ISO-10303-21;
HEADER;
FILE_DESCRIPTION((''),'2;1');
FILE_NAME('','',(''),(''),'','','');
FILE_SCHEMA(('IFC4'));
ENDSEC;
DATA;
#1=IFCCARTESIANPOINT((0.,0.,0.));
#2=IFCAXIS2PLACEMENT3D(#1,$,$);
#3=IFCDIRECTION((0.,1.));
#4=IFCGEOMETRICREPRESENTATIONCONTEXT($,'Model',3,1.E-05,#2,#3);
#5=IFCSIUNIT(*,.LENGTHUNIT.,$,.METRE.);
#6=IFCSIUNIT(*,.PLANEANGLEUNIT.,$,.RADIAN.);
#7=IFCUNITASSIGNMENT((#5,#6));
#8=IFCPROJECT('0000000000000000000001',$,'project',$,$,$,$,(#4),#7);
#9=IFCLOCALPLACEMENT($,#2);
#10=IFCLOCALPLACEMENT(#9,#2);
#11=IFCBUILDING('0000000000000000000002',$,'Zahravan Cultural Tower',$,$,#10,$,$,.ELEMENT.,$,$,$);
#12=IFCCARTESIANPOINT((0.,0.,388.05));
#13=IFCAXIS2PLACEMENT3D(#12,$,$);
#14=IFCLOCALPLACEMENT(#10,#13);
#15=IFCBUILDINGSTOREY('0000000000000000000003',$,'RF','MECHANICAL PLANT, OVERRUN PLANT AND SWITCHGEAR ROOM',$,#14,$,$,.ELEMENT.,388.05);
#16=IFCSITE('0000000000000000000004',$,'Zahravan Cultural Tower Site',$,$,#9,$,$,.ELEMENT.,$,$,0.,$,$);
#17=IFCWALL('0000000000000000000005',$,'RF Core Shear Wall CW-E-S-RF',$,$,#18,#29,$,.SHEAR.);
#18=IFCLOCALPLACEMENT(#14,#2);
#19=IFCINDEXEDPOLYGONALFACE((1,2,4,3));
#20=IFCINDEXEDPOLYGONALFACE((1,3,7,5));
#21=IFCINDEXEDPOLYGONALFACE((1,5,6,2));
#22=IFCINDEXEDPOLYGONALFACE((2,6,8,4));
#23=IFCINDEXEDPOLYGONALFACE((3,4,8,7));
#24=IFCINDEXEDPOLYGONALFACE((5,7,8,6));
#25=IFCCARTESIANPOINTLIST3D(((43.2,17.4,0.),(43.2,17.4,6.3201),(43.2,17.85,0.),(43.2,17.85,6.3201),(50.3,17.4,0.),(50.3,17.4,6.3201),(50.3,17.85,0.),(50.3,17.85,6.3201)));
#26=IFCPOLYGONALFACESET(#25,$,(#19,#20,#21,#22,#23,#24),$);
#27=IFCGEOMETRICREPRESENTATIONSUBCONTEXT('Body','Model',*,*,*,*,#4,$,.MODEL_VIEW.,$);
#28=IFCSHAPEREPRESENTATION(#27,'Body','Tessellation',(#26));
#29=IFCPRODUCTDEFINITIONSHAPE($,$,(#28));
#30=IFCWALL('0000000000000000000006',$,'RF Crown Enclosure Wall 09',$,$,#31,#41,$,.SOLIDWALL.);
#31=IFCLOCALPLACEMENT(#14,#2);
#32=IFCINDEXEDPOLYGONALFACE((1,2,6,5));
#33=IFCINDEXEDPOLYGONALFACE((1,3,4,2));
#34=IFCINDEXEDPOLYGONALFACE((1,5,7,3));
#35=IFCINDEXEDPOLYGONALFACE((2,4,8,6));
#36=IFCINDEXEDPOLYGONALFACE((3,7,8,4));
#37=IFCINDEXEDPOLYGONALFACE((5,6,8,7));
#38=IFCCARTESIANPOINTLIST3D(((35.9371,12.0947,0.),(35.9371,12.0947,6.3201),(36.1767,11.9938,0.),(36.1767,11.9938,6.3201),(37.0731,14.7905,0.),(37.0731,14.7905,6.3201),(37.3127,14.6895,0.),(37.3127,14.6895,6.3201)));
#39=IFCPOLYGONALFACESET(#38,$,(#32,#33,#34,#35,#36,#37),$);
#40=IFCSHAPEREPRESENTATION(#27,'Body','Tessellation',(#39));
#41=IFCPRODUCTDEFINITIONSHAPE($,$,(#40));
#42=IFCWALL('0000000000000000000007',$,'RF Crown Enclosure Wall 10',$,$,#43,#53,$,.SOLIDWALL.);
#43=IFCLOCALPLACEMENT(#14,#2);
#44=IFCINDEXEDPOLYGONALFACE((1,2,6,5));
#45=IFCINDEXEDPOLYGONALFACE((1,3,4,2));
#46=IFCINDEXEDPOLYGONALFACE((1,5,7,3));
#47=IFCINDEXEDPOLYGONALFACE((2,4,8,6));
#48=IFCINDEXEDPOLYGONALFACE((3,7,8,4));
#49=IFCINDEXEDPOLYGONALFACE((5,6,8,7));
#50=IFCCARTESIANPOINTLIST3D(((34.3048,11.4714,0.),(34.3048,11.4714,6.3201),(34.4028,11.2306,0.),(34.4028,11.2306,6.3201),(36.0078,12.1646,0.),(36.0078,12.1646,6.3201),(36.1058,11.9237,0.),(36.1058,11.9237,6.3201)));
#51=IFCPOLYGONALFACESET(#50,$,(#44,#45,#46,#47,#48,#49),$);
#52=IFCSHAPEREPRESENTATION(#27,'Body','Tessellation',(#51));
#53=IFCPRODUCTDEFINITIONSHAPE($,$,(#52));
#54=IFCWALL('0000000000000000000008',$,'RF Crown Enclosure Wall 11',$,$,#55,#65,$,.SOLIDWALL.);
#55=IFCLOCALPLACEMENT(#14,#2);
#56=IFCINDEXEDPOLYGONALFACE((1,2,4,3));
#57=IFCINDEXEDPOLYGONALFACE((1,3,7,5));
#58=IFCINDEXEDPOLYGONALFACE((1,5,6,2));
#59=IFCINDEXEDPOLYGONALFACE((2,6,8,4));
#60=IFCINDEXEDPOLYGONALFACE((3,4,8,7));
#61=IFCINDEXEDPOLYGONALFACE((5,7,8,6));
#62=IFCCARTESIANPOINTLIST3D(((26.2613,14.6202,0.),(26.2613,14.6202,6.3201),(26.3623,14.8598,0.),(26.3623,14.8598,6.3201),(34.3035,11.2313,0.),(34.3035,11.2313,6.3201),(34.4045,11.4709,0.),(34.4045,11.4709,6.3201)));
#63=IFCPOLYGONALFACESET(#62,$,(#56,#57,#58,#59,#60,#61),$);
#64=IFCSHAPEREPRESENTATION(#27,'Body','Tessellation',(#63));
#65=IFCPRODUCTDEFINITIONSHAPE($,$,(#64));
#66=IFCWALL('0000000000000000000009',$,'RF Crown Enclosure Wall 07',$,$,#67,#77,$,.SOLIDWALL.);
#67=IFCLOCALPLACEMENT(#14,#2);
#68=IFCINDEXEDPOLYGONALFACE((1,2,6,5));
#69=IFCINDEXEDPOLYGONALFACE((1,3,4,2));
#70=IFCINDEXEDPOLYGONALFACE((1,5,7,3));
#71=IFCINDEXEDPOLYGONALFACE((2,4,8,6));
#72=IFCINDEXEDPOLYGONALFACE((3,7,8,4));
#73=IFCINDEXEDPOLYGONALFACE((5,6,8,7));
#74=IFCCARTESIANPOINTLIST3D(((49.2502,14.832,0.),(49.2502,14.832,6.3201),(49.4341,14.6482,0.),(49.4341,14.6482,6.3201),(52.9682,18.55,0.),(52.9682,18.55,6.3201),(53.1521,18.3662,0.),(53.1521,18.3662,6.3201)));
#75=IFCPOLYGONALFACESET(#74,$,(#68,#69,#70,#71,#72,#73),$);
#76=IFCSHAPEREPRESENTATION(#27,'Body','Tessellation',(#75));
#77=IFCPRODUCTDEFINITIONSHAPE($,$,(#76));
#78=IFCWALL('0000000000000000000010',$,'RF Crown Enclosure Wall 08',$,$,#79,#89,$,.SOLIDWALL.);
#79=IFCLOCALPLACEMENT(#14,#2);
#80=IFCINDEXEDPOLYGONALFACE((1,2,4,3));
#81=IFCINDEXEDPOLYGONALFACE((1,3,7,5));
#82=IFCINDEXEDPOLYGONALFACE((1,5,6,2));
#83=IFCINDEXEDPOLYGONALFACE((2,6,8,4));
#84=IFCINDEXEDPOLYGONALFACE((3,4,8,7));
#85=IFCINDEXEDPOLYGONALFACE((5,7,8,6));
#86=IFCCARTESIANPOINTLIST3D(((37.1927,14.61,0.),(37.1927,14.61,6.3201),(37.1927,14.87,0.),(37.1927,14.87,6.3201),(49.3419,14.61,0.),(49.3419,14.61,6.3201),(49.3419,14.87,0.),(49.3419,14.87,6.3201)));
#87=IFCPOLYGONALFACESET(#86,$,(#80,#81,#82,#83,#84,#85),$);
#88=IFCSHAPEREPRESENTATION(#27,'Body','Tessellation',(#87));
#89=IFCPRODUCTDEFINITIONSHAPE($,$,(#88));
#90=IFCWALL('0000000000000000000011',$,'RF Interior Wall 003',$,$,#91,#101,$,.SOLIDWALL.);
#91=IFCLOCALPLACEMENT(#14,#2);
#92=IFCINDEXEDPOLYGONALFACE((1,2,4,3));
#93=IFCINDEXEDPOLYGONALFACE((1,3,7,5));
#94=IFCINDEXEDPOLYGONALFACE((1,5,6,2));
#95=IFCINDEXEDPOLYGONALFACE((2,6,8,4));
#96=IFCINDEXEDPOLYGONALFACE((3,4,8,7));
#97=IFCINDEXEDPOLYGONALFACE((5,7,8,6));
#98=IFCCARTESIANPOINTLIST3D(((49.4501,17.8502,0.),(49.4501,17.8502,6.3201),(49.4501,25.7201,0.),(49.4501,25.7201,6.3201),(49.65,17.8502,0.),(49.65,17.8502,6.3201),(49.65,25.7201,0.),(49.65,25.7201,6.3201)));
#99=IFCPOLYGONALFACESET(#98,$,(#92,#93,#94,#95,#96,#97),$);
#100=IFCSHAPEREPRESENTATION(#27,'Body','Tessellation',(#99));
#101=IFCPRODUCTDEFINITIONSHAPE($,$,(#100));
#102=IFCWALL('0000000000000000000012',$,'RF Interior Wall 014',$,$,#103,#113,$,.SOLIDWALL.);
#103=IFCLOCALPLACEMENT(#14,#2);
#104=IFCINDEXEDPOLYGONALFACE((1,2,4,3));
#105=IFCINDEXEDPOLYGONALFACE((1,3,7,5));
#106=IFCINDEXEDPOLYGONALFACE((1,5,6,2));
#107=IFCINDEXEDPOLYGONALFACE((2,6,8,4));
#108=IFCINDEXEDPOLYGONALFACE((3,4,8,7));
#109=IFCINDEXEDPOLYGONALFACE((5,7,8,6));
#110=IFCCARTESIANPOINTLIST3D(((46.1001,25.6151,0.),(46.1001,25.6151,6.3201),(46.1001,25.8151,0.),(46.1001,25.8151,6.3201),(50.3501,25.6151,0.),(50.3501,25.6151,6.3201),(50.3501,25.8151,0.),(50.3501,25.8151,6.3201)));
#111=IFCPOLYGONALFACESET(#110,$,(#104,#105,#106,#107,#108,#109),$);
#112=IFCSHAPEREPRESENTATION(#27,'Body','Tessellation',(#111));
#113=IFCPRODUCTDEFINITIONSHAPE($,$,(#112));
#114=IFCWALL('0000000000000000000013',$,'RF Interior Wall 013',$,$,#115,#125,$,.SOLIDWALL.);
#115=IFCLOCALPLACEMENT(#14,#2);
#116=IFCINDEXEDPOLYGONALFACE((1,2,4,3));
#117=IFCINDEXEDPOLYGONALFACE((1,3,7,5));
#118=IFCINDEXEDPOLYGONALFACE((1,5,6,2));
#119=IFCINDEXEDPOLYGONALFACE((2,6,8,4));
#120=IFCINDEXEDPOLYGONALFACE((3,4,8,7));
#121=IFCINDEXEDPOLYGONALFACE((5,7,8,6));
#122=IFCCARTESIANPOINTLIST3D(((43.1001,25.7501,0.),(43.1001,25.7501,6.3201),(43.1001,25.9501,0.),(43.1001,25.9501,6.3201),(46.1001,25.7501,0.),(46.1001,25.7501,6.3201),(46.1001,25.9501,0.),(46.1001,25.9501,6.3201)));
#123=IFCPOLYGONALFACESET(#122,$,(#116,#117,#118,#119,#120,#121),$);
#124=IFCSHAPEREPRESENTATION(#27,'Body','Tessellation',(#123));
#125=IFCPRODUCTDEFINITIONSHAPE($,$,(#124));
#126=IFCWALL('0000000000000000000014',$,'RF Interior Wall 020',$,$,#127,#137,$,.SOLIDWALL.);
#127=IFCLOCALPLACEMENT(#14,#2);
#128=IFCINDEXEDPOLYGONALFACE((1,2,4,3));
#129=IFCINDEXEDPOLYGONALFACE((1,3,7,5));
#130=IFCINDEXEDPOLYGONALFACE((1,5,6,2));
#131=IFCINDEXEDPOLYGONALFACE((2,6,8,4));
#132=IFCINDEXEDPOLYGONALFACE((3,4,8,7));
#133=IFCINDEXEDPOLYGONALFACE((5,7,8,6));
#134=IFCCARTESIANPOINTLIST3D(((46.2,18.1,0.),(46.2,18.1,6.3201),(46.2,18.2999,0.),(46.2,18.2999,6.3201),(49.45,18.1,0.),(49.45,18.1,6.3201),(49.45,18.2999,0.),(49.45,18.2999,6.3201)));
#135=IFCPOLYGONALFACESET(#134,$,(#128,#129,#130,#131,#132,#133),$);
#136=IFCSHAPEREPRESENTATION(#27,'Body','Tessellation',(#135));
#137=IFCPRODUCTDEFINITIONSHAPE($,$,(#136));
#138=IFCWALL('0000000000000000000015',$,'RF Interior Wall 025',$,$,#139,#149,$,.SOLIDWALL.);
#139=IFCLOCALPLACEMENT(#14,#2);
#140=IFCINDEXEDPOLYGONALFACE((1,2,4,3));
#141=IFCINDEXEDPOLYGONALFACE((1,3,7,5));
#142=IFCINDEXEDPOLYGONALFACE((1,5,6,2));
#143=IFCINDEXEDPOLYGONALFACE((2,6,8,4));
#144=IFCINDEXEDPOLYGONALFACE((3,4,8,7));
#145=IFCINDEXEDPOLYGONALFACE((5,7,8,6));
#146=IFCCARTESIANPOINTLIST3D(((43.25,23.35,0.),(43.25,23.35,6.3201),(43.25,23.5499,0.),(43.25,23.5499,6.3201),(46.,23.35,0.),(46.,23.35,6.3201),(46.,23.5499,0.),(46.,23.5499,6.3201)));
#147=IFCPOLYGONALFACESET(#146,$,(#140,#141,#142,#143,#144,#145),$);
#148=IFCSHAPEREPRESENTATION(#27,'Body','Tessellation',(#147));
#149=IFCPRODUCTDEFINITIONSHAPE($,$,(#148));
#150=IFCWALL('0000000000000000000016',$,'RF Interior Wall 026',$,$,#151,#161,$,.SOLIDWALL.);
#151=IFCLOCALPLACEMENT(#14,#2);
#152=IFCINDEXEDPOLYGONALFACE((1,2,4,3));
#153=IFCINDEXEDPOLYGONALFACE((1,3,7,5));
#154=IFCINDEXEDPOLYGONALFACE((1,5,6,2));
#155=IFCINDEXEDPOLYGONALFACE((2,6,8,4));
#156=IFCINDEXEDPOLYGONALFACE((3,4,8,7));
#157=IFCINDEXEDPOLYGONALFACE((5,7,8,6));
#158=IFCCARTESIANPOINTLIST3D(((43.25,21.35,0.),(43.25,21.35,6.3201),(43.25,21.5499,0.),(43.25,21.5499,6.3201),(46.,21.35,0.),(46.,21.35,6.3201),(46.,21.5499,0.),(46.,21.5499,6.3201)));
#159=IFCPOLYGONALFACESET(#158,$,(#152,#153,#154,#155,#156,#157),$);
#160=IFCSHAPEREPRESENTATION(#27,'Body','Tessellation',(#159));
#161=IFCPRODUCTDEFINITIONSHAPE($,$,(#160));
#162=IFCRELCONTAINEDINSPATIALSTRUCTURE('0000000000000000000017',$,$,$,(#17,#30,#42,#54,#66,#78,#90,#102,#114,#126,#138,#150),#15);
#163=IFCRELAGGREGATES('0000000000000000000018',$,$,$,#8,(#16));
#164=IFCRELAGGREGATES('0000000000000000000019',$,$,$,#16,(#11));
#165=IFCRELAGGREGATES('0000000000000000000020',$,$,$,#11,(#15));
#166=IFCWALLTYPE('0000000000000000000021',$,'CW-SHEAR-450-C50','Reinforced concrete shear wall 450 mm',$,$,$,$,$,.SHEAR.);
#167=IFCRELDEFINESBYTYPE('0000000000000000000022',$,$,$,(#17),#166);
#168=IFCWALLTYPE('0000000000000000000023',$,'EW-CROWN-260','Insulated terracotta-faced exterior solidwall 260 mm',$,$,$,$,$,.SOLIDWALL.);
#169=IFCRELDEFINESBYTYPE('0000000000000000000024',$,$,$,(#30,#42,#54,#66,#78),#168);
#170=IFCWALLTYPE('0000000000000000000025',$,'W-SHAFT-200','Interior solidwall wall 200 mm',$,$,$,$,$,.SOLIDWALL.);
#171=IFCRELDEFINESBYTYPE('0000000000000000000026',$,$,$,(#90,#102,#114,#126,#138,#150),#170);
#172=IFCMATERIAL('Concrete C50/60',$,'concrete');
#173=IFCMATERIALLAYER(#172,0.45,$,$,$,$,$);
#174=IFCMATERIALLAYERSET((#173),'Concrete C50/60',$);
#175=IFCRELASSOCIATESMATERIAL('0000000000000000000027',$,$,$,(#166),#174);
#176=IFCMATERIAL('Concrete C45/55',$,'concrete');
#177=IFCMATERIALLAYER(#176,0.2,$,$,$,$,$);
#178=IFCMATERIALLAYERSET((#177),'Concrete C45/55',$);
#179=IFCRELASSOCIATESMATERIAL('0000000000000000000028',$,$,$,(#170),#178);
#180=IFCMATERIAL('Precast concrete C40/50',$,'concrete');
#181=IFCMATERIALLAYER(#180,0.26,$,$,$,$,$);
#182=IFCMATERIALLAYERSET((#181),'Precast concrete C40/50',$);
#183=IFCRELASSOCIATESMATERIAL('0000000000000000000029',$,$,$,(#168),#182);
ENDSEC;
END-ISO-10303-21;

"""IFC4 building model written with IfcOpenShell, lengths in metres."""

from ifc_helpers import new_model, si_unit, direction, frame, frame_2d, origin, place, context, subcontext, project, spatial, rectangle, extrude, source, transform, mapped, material, layer, layer_set, type_object, element, save


model = new_model("IFC4")

# Units and contexts
model_context = context("Model", 3, precision=1e-05, world=origin(), true_north=direction((0.0, 1.0)))
body_context = subcontext(model_context, "Body", "Model", "MODEL_VIEW")
ifc_project = project(units=[si_unit("LENGTHUNIT", "METRE"), si_unit("PLANEANGLEUNIT", "RADIAN")], contexts=[model_context])

# Site, building, storey
site_placement = place(None, origin())
site = spatial("IfcSite", under=ifc_project, at=site_placement, Name="Zahravan Cultural Tower Site", CompositionType="ELEMENT", RefElevation=0.0)
building_placement = place(site_placement, origin())
building = spatial("IfcBuilding", under=site, at=building_placement, Name="Zahravan Cultural Tower", CompositionType="ELEMENT")
storey_placement = place(building_placement, frame((0.0, 0.0, 388.05)))
storey = spatial("IfcBuildingStorey", under=building, at=storey_placement, Name="RF", Description="MECHANICAL PLANT, OVERRUN PLANT AND SWITCHGEAR ROOM", CompositionType="ELEMENT", Elevation=388.05)

# Shared definitions
ifc_material_1 = material(Name="Concrete C50/60", Category="concrete")

# Shared definitions
ifc_layer_1 = layer(ifc_material_1, 0.45)
ifc_layer_set_1 = layer_set([ifc_layer_1], Name="Concrete C50/60")
wall_type_1 = type_object("IfcWallType", Name="CW-SHEAR-450-C50", Description="Reinforced concrete shear wall 450 mm", PredefinedType="SHEAR", material=ifc_layer_set_1)

# Shared definitions
ifc_material_2 = material(Name="Concrete C45/55", Category="concrete")
ifc_layer_2 = layer(ifc_material_2, 0.2)
ifc_layer_set_2 = layer_set([ifc_layer_2], Name="Concrete C45/55")
wall_type_2 = type_object("IfcWallType", Name="W-SHAFT-200", Description="Interior solidwall wall 200 mm", PredefinedType="SOLIDWALL", material=ifc_layer_set_2)

# Walls
shared_shape_1 = source(origin(), body_context, "Body", "SweptSolid", [
    extrude(rectangle(XDim=7.1001, YDim=0.45, at=frame_2d((3.55, 0.0))), origin(), (0.0, 0.0, 1.0), 6.3201),
])
wall_1_placement = place(storey_placement, frame((43.2, 17.625, 0.0), z_axis=(0.0, 0.0, 1.0), x_axis=(1.0, 0.0, 0.0)))
element("IfcWall", 1, at=wall_1_placement, inside=storey, type_object=wall_type_1, Name="RF Core Shear Wall CW-E-S-RF", PredefinedType="SHEAR", context=body_context, shape_type="MappedRepresentation", body=[
    mapped(shared_shape_1, transform((0.0, 0.0, 0.0), x_axis=(1.0, 0.0, 0.0), y_axis=(0.0, 1.0, 0.0), z_axis=(0.0, 0.0, 1.0), scale=1.0)),
])
ifc_material_3 = material(Name="Precast concrete C40/50", Category="concrete")
ifc_layer_3 = layer(ifc_material_3, 0.26)
ifc_layer_set_3 = layer_set([ifc_layer_3], Name="Precast concrete C40/50")
wall_type_3 = type_object("IfcWallType", Name="EW-CROWN-260", Description="Insulated terracotta-faced exterior solidwall 260 mm", PredefinedType="SOLIDWALL", material=ifc_layer_set_3)
shared_shape_2 = source(origin(), body_context, "Body", "SweptSolid", [
    extrude(rectangle(XDim=2.9253, YDim=0.26, at=frame_2d((1.4626, 0.0))), origin(), (0.0, 0.0, 1.0), 6.3201),
])
wall_2_placement = place(storey_placement, frame((37.1929, 14.74, 0.0), z_axis=(0.0, 0.0, 1.0), x_axis=(-0.388322, -0.921524, 0.0)))
element("IfcWall", 2, at=wall_2_placement, inside=storey, type_object=wall_type_3, Name="RF Crown Enclosure Wall 09", PredefinedType="SOLIDWALL", context=body_context, shape_type="MappedRepresentation", body=[
    mapped(shared_shape_2, transform((0.0, 0.0, 0.0), x_axis=(1.0, 0.0, 0.0), y_axis=(0.0, 1.0, 0.0), z_axis=(0.0, 0.0, 1.0), scale=1.0)),
])
shared_shape_3 = source(origin(), body_context, "Body", "SweptSolid", [
    extrude(rectangle(XDim=1.8386, YDim=0.26, at=frame_2d((0.9194, 0.0))), origin(), (0.0, 0.0, 1.0), 6.3201),
])
wall_3_placement = place(storey_placement, frame((36.0569, 12.0442, 0.0), z_axis=(0.0, 0.0, 1.0), x_axis=(-0.926216, -0.376993, 0.0)))
element("IfcWall", 3, at=wall_3_placement, inside=storey, type_object=wall_type_3, Name="RF Crown Enclosure Wall 10", PredefinedType="SOLIDWALL", context=body_context, shape_type="MappedRepresentation", body=[
    mapped(shared_shape_3, transform((0.0, 0.0, 0.0), x_axis=(1.0, 0.0, 0.0), y_axis=(0.0, 1.0, 0.0), z_axis=(0.0, 0.0, 1.0), scale=1.0)),
])
shared_shape_4 = source(origin(), body_context, "Body", "SweptSolid", [
    extrude(rectangle(XDim=8.7271, YDim=0.26, at=frame_2d((4.3635, 0.0))), origin(), (0.0, 0.0, 1.0), 6.3201),
])
wall_4_placement = place(storey_placement, frame((34.354, 11.3511, 0.0), z_axis=(0.0, 0.0, 1.0), x_axis=(-0.921524, 0.388321, 0.0)))
element("IfcWall", 4, at=wall_4_placement, inside=storey, type_object=wall_type_3, Name="RF Crown Enclosure Wall 11", PredefinedType="SOLIDWALL", context=body_context, shape_type="MappedRepresentation", body=[
    mapped(shared_shape_4, transform((0.0, 0.0, 0.0), x_axis=(1.0, 0.0, 0.0), y_axis=(0.0, 1.0, 0.0), z_axis=(0.0, 0.0, 1.0), scale=1.0)),
])
shared_shape_5 = source(origin(), body_context, "Body", "SweptSolid", [
    extrude(rectangle(XDim=5.2581, YDim=0.26, at=frame_2d((2.6289, 0.0))), origin(), (0.0, 0.0, 1.0), 6.3201),
])
wall_5_placement = place(storey_placement, frame((53.0601, 18.458, 0.0), z_axis=(0.0, 0.0, 1.0), x_axis=(-0.707107, -0.707107, 0.0)))
element("IfcWall", 5, at=wall_5_placement, inside=storey, type_object=wall_type_3, Name="RF Crown Enclosure Wall 07", PredefinedType="SOLIDWALL", context=body_context, shape_type="MappedRepresentation", body=[
    mapped(shared_shape_5, transform((0.0, 0.0, 0.0), x_axis=(1.0, 0.0, 0.0), y_axis=(0.0, 1.0, 0.0), z_axis=(0.0, 0.0, 1.0), scale=1.0)),
])
shared_shape_6 = source(origin(), body_context, "Body", "SweptSolid", [
    extrude(rectangle(XDim=12.1492, YDim=0.26, at=frame_2d((6.0747, 0.0))), origin(), (0.0, 0.0, 1.0), 6.3201),
])
wall_6_placement = place(storey_placement, frame((49.342, 14.74, 0.0), z_axis=(0.0, 0.0, 1.0), x_axis=(-1.0, 0.0, 0.0)))
element("IfcWall", 6, at=wall_6_placement, inside=storey, type_object=wall_type_3, Name="RF Crown Enclosure Wall 08", PredefinedType="SOLIDWALL", context=body_context, shape_type="MappedRepresentation", body=[
    mapped(shared_shape_6, transform((0.0, 0.0, 0.0), x_axis=(1.0, 0.0, 0.0), y_axis=(0.0, 1.0, 0.0), z_axis=(0.0, 0.0, 1.0), scale=1.0)),
])
shared_shape_7 = source(origin(), body_context, "Body", "SweptSolid", [
    extrude(rectangle(XDim=7.8699, YDim=0.2, at=frame_2d((3.9351, 0.0))), origin(), (0.0, 0.0, 1.0), 6.3201),
])
wall_7_placement = place(storey_placement, frame((49.55, 17.8501, 0.0), z_axis=(0.0, 0.0, 1.0), x_axis=(0.0, 1.0, 0.0)))
element("IfcWall", 7, at=wall_7_placement, inside=storey, type_object=wall_type_2, Name="RF Interior Wall 003", PredefinedType="SOLIDWALL", context=body_context, shape_type="MappedRepresentation", body=[
    mapped(shared_shape_7, transform((0.0, 0.0, 0.0), x_axis=(1.0, 0.0, 0.0), y_axis=(0.0, 1.0, 0.0), z_axis=(0.0, 0.0, 1.0), scale=1.0)),
])
shared_shape_8 = source(origin(), body_context, "Body", "SweptSolid", [
    extrude(rectangle(XDim=4.25, YDim=0.2, at=frame_2d((2.125, 0.0))), origin(), (0.0, 0.0, 1.0), 6.3201),
])
wall_8_placement = place(storey_placement, frame((46.1001, 25.7151, 0.0), z_axis=(0.0, 0.0, 1.0), x_axis=(1.0, 0.0, 0.0)))
element("IfcWall", 8, at=wall_8_placement, inside=storey, type_object=wall_type_2, Name="RF Interior Wall 014", PredefinedType="SOLIDWALL", context=body_context, shape_type="MappedRepresentation", body=[
    mapped(shared_shape_8, transform((0.0, 0.0, 0.0), x_axis=(1.0, 0.0, 0.0), y_axis=(0.0, 1.0, 0.0), z_axis=(0.0, 0.0, 1.0), scale=1.0)),
])
shared_shape_9 = source(origin(), body_context, "Body", "SweptSolid", [
    extrude(rectangle(XDim=3.0, YDim=0.2, at=frame_2d((1.5, 0.0))), origin(), (0.0, 0.0, 1.0), 6.3201),
])
wall_9_placement = place(storey_placement, frame((43.1001, 25.8501, 0.0), z_axis=(0.0, 0.0, 1.0), x_axis=(1.0, 0.0, 0.0)))
element("IfcWall", 9, at=wall_9_placement, inside=storey, type_object=wall_type_2, Name="RF Interior Wall 013", PredefinedType="SOLIDWALL", context=body_context, shape_type="MappedRepresentation", body=[
    mapped(shared_shape_9, transform((0.0, 0.0, 0.0), x_axis=(1.0, 0.0, 0.0), y_axis=(0.0, 1.0, 0.0), z_axis=(0.0, 0.0, 1.0), scale=1.0)),
])
shared_shape_10 = source(origin(), body_context, "Body", "SweptSolid", [
    extrude(rectangle(XDim=3.25, YDim=0.2, at=frame_2d((1.625, 0.0))), origin(), (0.0, 0.0, 1.0), 6.3201),
])
wall_10_placement = place(storey_placement, frame((46.2, 18.2, 0.0), z_axis=(0.0, 0.0, 1.0), x_axis=(1.0, 0.0, 0.0)))
element("IfcWall", 10, at=wall_10_placement, inside=storey, type_object=wall_type_2, Name="RF Interior Wall 020", PredefinedType="SOLIDWALL", context=body_context, shape_type="MappedRepresentation", body=[
    mapped(shared_shape_10, transform((0.0, 0.0, 0.0), x_axis=(1.0, 0.0, 0.0), y_axis=(0.0, 1.0, 0.0), z_axis=(0.0, 0.0, 1.0), scale=1.0)),
])
shared_shape_11 = source(origin(), body_context, "Body", "SweptSolid", [
    extrude(rectangle(XDim=2.75, YDim=0.2, at=frame_2d((1.375, 0.0))), origin(), (0.0, 0.0, 1.0), 6.3201),
])
for number, where, z_axis, x_axis, name in (
    (11, (43.25, 23.45, 0.0), (0.0, 0.0, 1.0), (1.0, 0.0, 0.0), "RF Interior Wall 025"),
    (12, (43.25, 21.45, 0.0), (0.0, 0.0, 1.0), (1.0, 0.0, 0.0), "RF Interior Wall 026"),
):
    element("IfcWall", number, at=place(storey_placement, frame(where, z_axis=z_axis, x_axis=x_axis)), inside=storey, type_object=wall_type_2, Name=name, PredefinedType="SOLIDWALL", context=body_context, shape_type="MappedRepresentation", body=[
        mapped(shared_shape_11, transform((0.0, 0.0, 0.0), x_axis=(1.0, 0.0, 0.0), y_axis=(0.0, 1.0, 0.0), z_axis=(0.0, 0.0, 1.0), scale=1.0)),
    ])

save(model, "model.ifc")
